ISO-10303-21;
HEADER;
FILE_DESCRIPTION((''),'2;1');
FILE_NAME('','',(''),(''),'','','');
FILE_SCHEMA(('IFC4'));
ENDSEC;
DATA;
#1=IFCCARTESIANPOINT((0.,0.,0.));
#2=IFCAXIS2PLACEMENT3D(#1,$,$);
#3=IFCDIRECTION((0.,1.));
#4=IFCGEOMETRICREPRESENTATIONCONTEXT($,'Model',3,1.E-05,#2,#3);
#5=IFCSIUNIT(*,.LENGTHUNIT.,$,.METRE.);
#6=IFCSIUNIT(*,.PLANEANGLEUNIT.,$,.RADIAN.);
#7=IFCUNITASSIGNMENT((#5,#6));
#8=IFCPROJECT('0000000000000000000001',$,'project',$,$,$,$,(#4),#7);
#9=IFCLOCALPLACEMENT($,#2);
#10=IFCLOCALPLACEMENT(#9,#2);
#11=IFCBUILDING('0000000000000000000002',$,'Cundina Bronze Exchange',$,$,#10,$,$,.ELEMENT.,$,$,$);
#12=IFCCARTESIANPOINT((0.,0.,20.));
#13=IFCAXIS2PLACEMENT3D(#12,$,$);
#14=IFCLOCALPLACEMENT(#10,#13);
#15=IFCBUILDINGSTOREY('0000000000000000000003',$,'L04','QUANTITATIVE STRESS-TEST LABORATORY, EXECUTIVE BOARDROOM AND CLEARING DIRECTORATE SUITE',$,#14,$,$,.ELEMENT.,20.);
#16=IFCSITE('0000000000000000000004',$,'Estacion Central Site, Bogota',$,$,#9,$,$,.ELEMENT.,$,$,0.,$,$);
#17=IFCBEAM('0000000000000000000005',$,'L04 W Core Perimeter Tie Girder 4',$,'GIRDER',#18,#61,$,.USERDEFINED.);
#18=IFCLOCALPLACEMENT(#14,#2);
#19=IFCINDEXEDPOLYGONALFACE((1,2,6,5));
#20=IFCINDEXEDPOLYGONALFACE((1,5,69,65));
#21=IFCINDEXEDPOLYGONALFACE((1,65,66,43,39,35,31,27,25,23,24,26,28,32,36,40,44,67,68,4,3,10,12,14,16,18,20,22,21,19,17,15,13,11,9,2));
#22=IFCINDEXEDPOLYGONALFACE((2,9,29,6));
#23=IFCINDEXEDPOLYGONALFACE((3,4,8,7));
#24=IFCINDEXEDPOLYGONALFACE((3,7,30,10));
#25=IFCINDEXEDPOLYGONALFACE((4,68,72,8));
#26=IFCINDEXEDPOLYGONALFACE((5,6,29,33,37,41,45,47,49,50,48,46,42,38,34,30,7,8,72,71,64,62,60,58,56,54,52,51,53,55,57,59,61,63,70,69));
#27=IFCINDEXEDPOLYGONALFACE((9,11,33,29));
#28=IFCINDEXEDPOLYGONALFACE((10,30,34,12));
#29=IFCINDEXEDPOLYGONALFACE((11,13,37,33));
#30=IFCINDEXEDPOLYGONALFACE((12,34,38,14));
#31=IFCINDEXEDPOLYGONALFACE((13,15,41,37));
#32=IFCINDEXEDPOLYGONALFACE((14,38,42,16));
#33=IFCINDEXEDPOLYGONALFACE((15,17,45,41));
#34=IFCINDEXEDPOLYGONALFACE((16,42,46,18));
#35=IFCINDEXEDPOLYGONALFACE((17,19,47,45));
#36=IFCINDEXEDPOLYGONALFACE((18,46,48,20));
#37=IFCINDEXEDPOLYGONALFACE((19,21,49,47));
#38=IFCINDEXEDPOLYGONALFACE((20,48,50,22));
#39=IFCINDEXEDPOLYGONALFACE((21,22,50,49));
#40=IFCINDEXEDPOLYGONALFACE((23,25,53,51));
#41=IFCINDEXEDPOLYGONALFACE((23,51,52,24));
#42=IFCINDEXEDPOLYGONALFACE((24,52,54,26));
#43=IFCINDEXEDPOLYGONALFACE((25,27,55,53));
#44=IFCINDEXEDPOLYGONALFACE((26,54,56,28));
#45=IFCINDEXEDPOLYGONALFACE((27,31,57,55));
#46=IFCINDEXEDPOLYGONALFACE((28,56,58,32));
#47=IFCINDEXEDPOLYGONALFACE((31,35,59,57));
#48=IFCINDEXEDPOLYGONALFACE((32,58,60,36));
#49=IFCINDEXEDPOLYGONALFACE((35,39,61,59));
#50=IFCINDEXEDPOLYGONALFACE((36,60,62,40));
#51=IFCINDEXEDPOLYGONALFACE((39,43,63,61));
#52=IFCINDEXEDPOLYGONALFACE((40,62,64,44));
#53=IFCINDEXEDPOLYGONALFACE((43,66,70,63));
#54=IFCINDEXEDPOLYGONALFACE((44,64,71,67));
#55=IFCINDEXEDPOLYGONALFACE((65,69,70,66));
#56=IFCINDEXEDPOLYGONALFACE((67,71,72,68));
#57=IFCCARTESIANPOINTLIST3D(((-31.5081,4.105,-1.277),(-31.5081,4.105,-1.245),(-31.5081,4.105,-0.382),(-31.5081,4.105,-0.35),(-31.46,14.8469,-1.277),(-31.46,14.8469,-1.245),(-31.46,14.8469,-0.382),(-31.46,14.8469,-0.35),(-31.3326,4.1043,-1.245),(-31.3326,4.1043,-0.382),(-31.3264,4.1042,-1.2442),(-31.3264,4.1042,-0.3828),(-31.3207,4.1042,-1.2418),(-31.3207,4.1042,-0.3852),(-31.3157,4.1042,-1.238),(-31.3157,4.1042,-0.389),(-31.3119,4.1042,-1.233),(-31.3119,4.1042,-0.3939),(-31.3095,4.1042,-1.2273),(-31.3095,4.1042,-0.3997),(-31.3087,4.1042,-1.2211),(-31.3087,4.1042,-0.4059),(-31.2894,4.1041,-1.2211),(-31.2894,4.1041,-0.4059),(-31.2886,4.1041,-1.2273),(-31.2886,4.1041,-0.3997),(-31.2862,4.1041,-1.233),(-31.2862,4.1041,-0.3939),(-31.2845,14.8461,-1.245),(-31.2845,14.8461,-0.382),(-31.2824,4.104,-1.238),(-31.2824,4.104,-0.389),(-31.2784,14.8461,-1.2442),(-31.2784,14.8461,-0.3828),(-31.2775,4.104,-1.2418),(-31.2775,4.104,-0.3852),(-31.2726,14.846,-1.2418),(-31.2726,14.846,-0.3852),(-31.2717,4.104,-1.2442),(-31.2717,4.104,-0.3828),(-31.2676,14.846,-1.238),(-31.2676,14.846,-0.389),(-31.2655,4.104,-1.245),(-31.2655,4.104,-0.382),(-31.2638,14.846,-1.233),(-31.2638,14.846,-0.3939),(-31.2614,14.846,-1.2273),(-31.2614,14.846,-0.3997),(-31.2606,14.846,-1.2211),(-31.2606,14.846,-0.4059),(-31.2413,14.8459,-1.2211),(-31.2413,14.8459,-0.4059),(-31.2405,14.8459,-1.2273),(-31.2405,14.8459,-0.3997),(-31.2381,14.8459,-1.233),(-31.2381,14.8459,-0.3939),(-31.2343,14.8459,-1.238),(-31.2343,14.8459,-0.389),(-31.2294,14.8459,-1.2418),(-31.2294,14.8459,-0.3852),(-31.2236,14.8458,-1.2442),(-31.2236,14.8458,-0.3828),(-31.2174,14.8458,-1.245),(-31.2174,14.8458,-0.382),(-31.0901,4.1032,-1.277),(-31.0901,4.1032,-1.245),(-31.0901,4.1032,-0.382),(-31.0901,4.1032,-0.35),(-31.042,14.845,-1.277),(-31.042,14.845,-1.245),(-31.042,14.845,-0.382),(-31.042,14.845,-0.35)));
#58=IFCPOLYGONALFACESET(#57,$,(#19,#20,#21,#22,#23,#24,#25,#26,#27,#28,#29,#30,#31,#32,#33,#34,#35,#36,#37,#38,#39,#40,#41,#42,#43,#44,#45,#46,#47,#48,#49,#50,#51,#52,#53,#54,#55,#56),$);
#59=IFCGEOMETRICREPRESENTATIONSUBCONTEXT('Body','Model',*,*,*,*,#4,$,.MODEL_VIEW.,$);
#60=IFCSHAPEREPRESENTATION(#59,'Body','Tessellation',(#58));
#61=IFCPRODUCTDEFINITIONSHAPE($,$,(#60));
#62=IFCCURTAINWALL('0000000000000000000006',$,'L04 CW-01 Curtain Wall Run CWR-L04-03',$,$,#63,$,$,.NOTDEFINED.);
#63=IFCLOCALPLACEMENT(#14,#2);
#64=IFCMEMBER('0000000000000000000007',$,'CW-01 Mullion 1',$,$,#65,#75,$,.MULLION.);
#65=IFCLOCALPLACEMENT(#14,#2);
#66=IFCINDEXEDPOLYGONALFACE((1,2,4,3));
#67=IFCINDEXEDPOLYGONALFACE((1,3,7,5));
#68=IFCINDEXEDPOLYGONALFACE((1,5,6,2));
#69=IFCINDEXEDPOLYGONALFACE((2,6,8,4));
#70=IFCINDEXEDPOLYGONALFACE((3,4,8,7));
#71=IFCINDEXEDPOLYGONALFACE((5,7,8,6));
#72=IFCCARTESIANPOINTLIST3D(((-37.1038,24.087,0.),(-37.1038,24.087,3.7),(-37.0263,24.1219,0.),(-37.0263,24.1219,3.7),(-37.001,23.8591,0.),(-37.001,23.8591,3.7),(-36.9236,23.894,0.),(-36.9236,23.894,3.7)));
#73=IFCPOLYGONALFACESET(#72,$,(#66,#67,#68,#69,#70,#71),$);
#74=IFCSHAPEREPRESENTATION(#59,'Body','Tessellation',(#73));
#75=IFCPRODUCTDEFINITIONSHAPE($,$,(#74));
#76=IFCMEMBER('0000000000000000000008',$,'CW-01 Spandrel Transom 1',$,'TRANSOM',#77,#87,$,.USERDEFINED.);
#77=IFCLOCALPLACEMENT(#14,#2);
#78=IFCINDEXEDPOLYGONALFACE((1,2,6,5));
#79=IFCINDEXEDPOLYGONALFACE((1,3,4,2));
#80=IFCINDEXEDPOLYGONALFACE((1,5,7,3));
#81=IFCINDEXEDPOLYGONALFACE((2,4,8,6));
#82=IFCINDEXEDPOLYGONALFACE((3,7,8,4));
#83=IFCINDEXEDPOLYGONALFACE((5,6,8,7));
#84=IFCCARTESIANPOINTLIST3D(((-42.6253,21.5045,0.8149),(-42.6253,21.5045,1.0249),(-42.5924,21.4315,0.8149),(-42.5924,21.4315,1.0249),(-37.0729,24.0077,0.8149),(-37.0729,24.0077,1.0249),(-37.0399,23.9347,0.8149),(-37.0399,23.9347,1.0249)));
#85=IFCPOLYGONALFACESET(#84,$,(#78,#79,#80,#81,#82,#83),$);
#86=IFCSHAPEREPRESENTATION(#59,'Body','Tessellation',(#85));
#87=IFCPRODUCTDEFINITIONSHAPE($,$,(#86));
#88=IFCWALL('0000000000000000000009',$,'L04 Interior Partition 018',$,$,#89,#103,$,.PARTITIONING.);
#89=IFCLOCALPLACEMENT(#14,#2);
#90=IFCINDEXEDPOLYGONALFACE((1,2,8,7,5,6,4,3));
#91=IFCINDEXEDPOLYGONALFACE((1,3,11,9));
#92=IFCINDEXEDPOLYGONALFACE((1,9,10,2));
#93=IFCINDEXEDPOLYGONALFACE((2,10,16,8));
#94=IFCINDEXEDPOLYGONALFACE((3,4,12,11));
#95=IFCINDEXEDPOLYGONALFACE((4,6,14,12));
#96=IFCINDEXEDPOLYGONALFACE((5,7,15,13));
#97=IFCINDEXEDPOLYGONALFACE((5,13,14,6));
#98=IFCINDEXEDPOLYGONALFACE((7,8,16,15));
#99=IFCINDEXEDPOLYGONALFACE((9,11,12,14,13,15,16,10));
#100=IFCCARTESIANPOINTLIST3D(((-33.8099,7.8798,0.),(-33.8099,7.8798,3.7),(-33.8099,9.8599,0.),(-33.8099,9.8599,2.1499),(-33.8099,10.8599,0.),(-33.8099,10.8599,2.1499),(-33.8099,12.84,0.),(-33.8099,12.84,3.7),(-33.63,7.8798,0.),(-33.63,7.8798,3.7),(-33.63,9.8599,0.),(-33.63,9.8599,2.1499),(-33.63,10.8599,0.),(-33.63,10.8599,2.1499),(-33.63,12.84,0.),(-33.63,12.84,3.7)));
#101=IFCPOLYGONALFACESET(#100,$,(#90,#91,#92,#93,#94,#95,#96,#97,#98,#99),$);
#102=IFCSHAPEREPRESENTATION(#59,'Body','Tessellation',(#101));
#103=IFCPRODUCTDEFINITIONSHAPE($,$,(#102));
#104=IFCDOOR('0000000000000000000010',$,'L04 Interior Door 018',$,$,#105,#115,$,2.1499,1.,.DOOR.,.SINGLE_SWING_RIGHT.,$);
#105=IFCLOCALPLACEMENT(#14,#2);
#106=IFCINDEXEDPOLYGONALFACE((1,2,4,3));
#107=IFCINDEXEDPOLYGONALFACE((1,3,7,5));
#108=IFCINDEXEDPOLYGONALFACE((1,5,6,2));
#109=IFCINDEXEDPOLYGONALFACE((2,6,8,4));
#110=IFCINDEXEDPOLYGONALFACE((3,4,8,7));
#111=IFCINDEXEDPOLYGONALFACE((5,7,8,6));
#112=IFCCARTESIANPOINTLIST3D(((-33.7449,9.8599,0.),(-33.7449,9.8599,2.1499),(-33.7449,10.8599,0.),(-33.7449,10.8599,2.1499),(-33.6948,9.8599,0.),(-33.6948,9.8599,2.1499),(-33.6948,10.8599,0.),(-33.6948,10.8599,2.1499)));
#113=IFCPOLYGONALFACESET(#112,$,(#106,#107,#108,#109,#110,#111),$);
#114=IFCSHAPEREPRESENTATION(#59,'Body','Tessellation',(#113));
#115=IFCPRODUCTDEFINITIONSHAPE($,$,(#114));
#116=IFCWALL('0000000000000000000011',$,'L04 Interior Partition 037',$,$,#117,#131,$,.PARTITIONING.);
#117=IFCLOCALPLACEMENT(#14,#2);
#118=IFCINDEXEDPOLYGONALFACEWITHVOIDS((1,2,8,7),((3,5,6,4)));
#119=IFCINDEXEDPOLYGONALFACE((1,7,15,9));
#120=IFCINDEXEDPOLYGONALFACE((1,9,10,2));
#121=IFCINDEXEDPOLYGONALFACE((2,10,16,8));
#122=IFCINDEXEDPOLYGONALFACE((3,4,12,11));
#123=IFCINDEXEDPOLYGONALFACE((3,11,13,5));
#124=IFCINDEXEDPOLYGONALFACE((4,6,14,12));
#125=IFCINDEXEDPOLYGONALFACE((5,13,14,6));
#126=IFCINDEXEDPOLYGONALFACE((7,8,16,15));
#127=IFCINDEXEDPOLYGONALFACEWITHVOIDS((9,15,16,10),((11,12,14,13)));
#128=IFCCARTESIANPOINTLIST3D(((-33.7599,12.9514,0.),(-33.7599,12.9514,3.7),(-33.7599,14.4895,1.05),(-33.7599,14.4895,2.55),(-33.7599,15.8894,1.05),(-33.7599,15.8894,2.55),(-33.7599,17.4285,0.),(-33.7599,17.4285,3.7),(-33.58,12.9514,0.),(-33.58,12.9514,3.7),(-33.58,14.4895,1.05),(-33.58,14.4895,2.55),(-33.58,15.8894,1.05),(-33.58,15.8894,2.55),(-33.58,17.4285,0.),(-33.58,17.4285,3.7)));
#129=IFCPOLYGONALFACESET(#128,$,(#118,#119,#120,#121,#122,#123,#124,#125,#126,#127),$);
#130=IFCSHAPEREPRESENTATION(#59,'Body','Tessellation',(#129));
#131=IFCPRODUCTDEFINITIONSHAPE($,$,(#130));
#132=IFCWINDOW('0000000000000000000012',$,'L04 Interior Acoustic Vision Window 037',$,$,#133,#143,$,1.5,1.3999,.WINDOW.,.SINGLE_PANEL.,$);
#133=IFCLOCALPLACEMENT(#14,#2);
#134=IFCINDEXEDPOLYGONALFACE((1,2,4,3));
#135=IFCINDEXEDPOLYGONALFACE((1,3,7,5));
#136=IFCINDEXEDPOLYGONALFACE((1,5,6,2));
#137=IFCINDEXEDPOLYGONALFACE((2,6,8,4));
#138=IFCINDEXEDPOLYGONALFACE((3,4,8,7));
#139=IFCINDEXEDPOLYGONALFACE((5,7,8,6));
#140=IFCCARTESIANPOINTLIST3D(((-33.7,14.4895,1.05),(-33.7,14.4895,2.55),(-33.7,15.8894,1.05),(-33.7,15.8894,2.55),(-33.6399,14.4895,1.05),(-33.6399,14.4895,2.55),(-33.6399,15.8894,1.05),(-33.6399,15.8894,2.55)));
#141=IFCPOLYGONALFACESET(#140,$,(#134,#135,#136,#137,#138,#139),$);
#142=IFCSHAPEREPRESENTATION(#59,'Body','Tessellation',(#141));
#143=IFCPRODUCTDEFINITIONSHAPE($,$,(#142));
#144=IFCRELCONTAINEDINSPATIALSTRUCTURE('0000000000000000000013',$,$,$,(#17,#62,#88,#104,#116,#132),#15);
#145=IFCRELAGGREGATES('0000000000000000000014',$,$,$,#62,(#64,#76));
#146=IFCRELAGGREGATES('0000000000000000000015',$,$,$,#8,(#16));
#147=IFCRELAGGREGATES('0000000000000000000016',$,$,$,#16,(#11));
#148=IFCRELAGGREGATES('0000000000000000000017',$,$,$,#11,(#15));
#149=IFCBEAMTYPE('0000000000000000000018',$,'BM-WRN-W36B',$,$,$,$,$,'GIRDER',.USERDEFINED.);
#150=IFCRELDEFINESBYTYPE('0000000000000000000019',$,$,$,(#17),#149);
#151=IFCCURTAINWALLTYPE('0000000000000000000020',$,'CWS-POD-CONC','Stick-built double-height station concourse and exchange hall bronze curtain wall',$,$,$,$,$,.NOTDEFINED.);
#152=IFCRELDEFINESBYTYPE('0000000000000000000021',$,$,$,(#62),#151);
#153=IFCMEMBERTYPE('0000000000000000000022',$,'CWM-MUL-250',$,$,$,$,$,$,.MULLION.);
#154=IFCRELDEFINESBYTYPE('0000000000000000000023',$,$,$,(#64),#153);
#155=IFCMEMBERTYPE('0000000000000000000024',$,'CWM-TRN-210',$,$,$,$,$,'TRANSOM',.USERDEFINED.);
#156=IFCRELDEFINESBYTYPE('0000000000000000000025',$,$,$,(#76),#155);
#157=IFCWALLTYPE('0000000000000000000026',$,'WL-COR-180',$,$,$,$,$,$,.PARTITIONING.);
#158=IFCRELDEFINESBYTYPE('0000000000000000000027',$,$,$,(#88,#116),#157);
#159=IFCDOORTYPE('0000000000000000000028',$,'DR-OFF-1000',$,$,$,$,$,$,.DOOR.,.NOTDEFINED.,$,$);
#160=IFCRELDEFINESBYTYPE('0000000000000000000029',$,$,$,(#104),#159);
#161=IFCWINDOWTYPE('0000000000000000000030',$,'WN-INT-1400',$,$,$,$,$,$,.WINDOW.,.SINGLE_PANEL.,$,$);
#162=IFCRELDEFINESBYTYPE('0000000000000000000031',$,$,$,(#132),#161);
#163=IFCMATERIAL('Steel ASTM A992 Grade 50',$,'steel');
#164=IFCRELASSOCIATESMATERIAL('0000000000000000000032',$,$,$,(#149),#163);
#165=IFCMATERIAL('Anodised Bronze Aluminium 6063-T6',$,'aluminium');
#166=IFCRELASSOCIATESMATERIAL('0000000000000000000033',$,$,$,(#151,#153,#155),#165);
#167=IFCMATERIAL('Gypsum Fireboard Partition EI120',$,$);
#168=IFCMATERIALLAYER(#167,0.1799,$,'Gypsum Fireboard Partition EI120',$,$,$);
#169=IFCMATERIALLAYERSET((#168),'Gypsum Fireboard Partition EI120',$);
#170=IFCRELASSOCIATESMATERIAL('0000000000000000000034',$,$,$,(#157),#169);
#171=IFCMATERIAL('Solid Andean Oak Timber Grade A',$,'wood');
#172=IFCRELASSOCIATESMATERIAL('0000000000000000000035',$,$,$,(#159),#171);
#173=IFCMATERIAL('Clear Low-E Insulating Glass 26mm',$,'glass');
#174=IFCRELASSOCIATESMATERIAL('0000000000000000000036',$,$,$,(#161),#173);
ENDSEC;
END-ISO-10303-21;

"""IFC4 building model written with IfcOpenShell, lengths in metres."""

from ifc_helpers import new_model, si_unit, direction, frame, frame_2d, origin, origin_2d, place, context, subcontext, project, spatial, rectangle, i_section, extrude, material, layer, layer_set, material_profile, profile_set, type_object, element, fill, aggregate, save


model = new_model("IFC4")

# Units and contexts
model_context = context("Model", 3, precision=1e-05, world=origin(), true_north=direction((0.0, 1.0)))
body_context = subcontext(model_context, "Body", "Model", "MODEL_VIEW")
ifc_project = project(units=[si_unit("LENGTHUNIT", "METRE"), si_unit("PLANEANGLEUNIT", "RADIAN")], contexts=[model_context])

# Site, building, storey
site_placement = place(None, origin())
site = spatial("IfcSite", under=ifc_project, at=site_placement, Name="Estacion Central Site, Bogota", CompositionType="ELEMENT", RefElevation=0.0)
building_placement = place(site_placement, origin())
building = spatial("IfcBuilding", under=site, at=building_placement, Name="Cundina Bronze Exchange", CompositionType="ELEMENT")
storey_placement = place(building_placement, frame((0.0, 0.0, 20.0)))
storey = spatial("IfcBuildingStorey", under=building, at=storey_placement, Name="L04", Description="QUANTITATIVE STRESS-TEST LABORATORY, EXECUTIVE BOARDROOM AND CLEARING DIRECTORATE SUITE", CompositionType="ELEMENT", Elevation=20.0)

# Shared definitions
ifc_material_1 = material(Name="Steel ASTM A992 Grade 50", Category="steel")

# Beam
ifc_material_profile_1 = material_profile(ifc_material_1, i_section(OverallWidth=0.418, OverallDepth=0.927, WebThickness=0.0193, FlangeThickness=0.032, FilletRadius=0.0239, at=origin_2d()), Name="W36X231", Category="steel")
ifc_profile_set_1 = profile_set([ifc_material_profile_1], Name="Steel ASTM A992 Grade 50")
beam_type_1 = type_object("IfcBeamType", Name="BM-WRN-W36B", ElementType="GIRDER", PredefinedType="USERDEFINED", material=ifc_profile_set_1)
beam_1_placement = place(storey_placement, frame((-31.251, 14.8459, -0.8135), z_axis=(-0.004477, -0.99999, 0.0), x_axis=(0.99999, -0.004477, 0.0)))
element("IfcBeam", 1, at=beam_1_placement, inside=storey, type_object=beam_type_1, Name="L04 W Core Perimeter Tie Girder 4", ObjectType="GIRDER", PredefinedType="USERDEFINED", context=body_context, shape_type="SweptSolid", body=[
    extrude(i_section(OverallWidth=0.418, OverallDepth=0.927, WebThickness=0.0193, FlangeThickness=0.032, FilletRadius=0.0239, at=origin_2d()), origin(), (0.0, 0.0, 1.0), 10.7419),
])

# Curtain wall, members
ifc_material_2 = material(Name="Anodised Bronze Aluminium 6063-T6", Category="aluminium")
curtain_wall_type = type_object("IfcCurtainWallType", Name="CWS-POD-CONC", Description="Stick-built double-height station concourse and exchange hall bronze curtain wall", PredefinedType="NOTDEFINED", material=ifc_material_2)
curtain_wall_placement = place(storey_placement, origin())
curtain_wall = element("IfcCurtainWall", 2, at=curtain_wall_placement, inside=storey, type_object=curtain_wall_type, Name="L04 CW-01 Curtain Wall Run CWR-L04-03", PredefinedType="NOTDEFINED")
ifc_material_profile_2 = material_profile(ifc_material_2, rectangle(XDim=0.085, YDim=0.25, at=origin_2d()), Name="AL85X250", Category="aluminium")
ifc_profile_set_2 = profile_set([ifc_material_profile_2], Name="Anodised Bronze Aluminium 6063-T6")
member_type_1 = type_object("IfcMemberType", Name="CWM-MUL-250", PredefinedType="MULLION", material=ifc_profile_set_2)
member_1_placement = place(storey_placement, frame((-37.0137, 23.9905, 0.0), z_axis=(0.0, 0.0, 1.0), x_axis=(-0.911619, -0.411037, 0.0)))
member_1 = element("IfcMember", 3, at=member_1_placement, type_object=member_type_1, Name="CW-01 Mullion 1", PredefinedType="MULLION", context=body_context, shape_type="SweptSolid", body=[
    extrude(rectangle(XDim=0.085, YDim=0.25, at=origin_2d()), origin(), (0.0, 0.0, 1.0), 3.7),
])
ifc_material_profile_3 = material_profile(ifc_material_2, rectangle(XDim=0.0801, YDim=0.21, at=origin_2d()), Name="AL80X210", Category="aluminium")
ifc_profile_set_3 = profile_set([ifc_material_profile_3], Name="Anodised Bronze Aluminium 6063-T6")
member_type_2 = type_object("IfcMemberType", Name="CWM-TRN-210", ElementType="TRANSOM", PredefinedType="USERDEFINED", material=ifc_profile_set_3)
member_2_placement = place(storey_placement, frame((-37.0564, 23.9712, 0.9199), z_axis=(-0.911642, -0.410986, 0.0), x_axis=(0.410986, -0.911642, 0.0)))
member_2 = element("IfcMember", 4, at=member_2_placement, type_object=member_type_2, Name="CW-01 Spandrel Transom 1", ObjectType="TRANSOM", PredefinedType="USERDEFINED", context=body_context, shape_type="SweptSolid", body=[
    extrude(rectangle(XDim=0.0801, YDim=0.21, at=origin_2d()), origin(), (0.0, 0.0, 1.0), 6.0906),
])
aggregate(curtain_wall, [member_1, member_2])

# Wall, opening, door
ifc_material_3 = material(Name="Gypsum Fireboard Partition EI120")
ifc_layer_1 = layer(ifc_material_3, 0.1799, Name="Gypsum Fireboard Partition EI120")
ifc_layer_set_1 = layer_set([ifc_layer_1], Name="Gypsum Fireboard Partition EI120")
wall_type_1 = type_object("IfcWallType", Name="WL-COR-180", PredefinedType="PARTITIONING", material=ifc_layer_set_1)
wall_1_placement = place(storey_placement, frame((-33.72, 7.8799, 0.0), z_axis=(0.0, 0.0, 1.0), x_axis=(0.0, 1.0, 0.0)))
wall_1 = element("IfcWall", 5, at=wall_1_placement, inside=storey, type_object=wall_type_1, Name="L04 Interior Partition 018", PredefinedType="PARTITIONING", context=body_context, shape_type="SweptSolid", body=[
    extrude(rectangle(XDim=4.9602, YDim=0.1799, at=frame_2d((2.48, 0.0))), origin(), (0.0, 0.0, 1.0), 3.7),
])
opening_1_placement = place(wall_1_placement, frame((1.98, 0.0, 0.0)))
opening_1 = element("IfcOpeningElement", 6, at=opening_1_placement, cuts=wall_1, PredefinedType="OPENING", context=body_context, shape_type="SweptSolid", body=[
    extrude(rectangle(XDim=1.0, YDim=2.1499, at=frame_2d((0.5, 1.075))), frame((0.0, 0.0999, 0.0), z_axis=(0.0, -1.0, 0.0), x_axis=(1.0, 0.0, 0.0)), (0.0, 0.0, 1.0), 0.2),
])
ifc_material_4 = material(Name="Solid Andean Oak Timber Grade A", Category="wood")
door_type_1 = type_object("IfcDoorType", Name="DR-OFF-1000", OperationType="NOTDEFINED", PredefinedType="DOOR", material=ifc_material_4)
door_1_placement = place(opening_1_placement, origin())
door_1 = element("IfcDoor", 7, at=door_1_placement, inside=storey, type_object=door_type_1, Name="L04 Interior Door 018", OperationType="SINGLE_SWING_RIGHT", OverallHeight=2.1499, OverallWidth=1.0, PredefinedType="DOOR", context=body_context, shape_type="SweptSolid", body=[
    extrude(rectangle(XDim=1.0, YDim=2.1499, at=frame_2d((0.5, 1.075))), frame((0.0, 0.0249, 0.0), z_axis=(0.0, -1.0, 0.0), x_axis=(1.0, 0.0, 0.0)), (0.0, 0.0, 1.0), 0.05),
])
fill(opening_1, door_1)

# Wall, opening, window
wall_2_placement = place(storey_placement, frame((-33.6699, 17.4285, 0.0), z_axis=(0.0, 0.0, 1.0), x_axis=(0.0, -1.0, 0.0)))
wall_2 = element("IfcWall", 8, at=wall_2_placement, inside=storey, type_object=wall_type_1, Name="L04 Interior Partition 037", PredefinedType="PARTITIONING", context=body_context, shape_type="SweptSolid", body=[
    extrude(rectangle(XDim=4.4771, YDim=0.1799, at=frame_2d((2.2385, 0.0))), origin(), (0.0, 0.0, 1.0), 3.7),
])
opening_2_placement = place(wall_2_placement, frame((1.5391, 0.0, 1.05)))
opening_2 = element("IfcOpeningElement", 9, at=opening_2_placement, cuts=wall_2, PredefinedType="OPENING", context=body_context, shape_type="SweptSolid", body=[
    extrude(rectangle(XDim=1.3999, YDim=1.5, at=frame_2d((0.7, 0.75))), frame((0.0, 0.0999, 0.0), z_axis=(0.0, -1.0, 0.0), x_axis=(1.0, 0.0, 0.0)), (0.0, 0.0, 1.0), 0.2),
])
ifc_material_5 = material(Name="Clear Low-E Insulating Glass 26mm", Category="glass")
window_type_1 = type_object("IfcWindowType", Name="WN-INT-1400", PartitioningType="SINGLE_PANEL", PredefinedType="WINDOW", material=ifc_material_5)
window_1_placement = place(opening_2_placement, origin())
window_1 = element("IfcWindow", 10, at=window_1_placement, inside=storey, type_object=window_type_1, Name="L04 Interior Acoustic Vision Window 037", OverallHeight=1.5, OverallWidth=1.3999, PartitioningType="SINGLE_PANEL", PredefinedType="WINDOW", context=body_context, shape_type="SweptSolid", body=[
    extrude(rectangle(XDim=1.3999, YDim=1.5, at=frame_2d((0.7, 0.75))), frame((0.0, 0.03, 0.0), z_axis=(0.0, -1.0, 0.0), x_axis=(1.0, 0.0, 0.0)), (0.0, 0.0, 1.0), 0.0601),
])
fill(opening_2, window_1)

save(model, "model.ifc")
